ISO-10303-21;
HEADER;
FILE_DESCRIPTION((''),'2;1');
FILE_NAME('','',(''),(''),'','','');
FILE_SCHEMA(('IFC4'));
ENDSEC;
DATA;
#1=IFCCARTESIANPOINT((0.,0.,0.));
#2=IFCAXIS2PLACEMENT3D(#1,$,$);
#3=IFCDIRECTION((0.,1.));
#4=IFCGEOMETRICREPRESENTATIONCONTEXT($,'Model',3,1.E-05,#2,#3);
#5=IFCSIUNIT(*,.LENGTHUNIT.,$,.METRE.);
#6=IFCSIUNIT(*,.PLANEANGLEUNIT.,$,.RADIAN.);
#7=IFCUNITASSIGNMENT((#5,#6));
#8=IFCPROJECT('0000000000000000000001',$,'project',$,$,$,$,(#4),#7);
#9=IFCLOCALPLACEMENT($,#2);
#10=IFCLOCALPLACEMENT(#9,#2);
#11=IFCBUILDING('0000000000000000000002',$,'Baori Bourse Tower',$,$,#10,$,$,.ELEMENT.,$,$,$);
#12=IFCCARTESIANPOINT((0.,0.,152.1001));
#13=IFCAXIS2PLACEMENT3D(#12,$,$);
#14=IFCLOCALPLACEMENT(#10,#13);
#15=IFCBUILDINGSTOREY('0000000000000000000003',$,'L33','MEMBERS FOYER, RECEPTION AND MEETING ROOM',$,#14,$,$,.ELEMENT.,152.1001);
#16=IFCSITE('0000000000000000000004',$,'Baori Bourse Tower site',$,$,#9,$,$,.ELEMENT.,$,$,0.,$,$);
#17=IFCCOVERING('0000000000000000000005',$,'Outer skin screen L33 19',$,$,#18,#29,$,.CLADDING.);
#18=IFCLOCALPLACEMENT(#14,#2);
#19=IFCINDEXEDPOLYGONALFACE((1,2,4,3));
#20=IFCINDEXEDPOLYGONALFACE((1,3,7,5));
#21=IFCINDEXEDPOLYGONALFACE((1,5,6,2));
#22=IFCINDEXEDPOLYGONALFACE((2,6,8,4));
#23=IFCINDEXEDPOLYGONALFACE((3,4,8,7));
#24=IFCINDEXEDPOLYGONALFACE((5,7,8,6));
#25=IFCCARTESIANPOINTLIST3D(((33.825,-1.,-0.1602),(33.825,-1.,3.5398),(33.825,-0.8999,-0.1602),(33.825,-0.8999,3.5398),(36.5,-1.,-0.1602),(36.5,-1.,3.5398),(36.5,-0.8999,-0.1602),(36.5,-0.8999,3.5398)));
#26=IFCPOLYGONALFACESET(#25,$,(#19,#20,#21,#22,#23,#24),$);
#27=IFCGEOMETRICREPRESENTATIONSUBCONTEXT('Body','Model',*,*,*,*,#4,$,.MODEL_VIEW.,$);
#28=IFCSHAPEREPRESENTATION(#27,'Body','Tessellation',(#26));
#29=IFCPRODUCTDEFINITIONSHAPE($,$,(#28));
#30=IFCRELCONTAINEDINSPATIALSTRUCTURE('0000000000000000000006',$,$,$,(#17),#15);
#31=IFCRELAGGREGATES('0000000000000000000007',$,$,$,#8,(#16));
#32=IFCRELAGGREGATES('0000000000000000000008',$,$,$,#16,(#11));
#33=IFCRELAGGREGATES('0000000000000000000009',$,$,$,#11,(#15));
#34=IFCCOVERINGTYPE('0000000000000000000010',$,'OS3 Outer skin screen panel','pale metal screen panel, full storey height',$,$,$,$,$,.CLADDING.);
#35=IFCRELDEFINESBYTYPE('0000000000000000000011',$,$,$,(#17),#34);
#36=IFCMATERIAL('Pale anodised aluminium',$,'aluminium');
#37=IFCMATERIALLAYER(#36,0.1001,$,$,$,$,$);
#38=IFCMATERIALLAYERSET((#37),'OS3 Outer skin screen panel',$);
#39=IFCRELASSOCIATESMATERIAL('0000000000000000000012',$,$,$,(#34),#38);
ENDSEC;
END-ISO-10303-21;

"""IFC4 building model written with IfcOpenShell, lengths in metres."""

from ifc_helpers import new_model, si_unit, direction, frame, origin, place, context, subcontext, project, spatial, polyline, outline, extrude, material, layer, layer_set, type_object, element, save


model = new_model("IFC4")

# Units and contexts
model_context = context("Model", 3, precision=1e-05, world=origin(), true_north=direction((0.0, 1.0)))
body_context = subcontext(model_context, "Body", "Model", "MODEL_VIEW")
ifc_project = project(units=[si_unit("LENGTHUNIT", "METRE"), si_unit("PLANEANGLEUNIT", "RADIAN")], contexts=[model_context])

# Site, building, storey
site_placement = place(None, origin())
site = spatial("IfcSite", under=ifc_project, at=site_placement, Name="Baori Bourse Tower site", CompositionType="ELEMENT", RefElevation=0.0)
building_placement = place(site_placement, origin())
building = spatial("IfcBuilding", under=site, at=building_placement, Name="Baori Bourse Tower", CompositionType="ELEMENT")
storey_placement = place(building_placement, frame((0.0, 0.0, 152.1001)))
storey = spatial("IfcBuildingStorey", under=building, at=storey_placement, Name="L33", Description="MEMBERS FOYER, RECEPTION AND MEETING ROOM", CompositionType="ELEMENT", Elevation=152.1001)

# Covering
ifc_material_1 = material(Name="Pale anodised aluminium", Category="aluminium")
ifc_layer_1 = layer(ifc_material_1, 0.1001)
ifc_layer_set_1 = layer_set([ifc_layer_1], Name="OS3 Outer skin screen panel")
covering_type = type_object("IfcCoveringType", Name="OS3 Outer skin screen panel", Description="pale metal screen panel, full storey height", PredefinedType="CLADDING", material=ifc_layer_set_1)
covering_1_placement = place(storey_placement, frame((0.0, 0.0, -0.1602)))
element("IfcCovering", 1, at=covering_1_placement, inside=storey, type_object=covering_type, Name="Outer skin screen L33 19", PredefinedType="CLADDING", context=body_context, shape_type="SweptSolid", body=[
    extrude(outline(polyline([(36.5, -0.8999), (33.825, -0.8999), (33.825, -1.0), (36.5, -1.0), (36.5, -0.8999)])), origin(), (0.0, 0.0, 1.0), 3.7),
])

save(model, "model.ifc")
